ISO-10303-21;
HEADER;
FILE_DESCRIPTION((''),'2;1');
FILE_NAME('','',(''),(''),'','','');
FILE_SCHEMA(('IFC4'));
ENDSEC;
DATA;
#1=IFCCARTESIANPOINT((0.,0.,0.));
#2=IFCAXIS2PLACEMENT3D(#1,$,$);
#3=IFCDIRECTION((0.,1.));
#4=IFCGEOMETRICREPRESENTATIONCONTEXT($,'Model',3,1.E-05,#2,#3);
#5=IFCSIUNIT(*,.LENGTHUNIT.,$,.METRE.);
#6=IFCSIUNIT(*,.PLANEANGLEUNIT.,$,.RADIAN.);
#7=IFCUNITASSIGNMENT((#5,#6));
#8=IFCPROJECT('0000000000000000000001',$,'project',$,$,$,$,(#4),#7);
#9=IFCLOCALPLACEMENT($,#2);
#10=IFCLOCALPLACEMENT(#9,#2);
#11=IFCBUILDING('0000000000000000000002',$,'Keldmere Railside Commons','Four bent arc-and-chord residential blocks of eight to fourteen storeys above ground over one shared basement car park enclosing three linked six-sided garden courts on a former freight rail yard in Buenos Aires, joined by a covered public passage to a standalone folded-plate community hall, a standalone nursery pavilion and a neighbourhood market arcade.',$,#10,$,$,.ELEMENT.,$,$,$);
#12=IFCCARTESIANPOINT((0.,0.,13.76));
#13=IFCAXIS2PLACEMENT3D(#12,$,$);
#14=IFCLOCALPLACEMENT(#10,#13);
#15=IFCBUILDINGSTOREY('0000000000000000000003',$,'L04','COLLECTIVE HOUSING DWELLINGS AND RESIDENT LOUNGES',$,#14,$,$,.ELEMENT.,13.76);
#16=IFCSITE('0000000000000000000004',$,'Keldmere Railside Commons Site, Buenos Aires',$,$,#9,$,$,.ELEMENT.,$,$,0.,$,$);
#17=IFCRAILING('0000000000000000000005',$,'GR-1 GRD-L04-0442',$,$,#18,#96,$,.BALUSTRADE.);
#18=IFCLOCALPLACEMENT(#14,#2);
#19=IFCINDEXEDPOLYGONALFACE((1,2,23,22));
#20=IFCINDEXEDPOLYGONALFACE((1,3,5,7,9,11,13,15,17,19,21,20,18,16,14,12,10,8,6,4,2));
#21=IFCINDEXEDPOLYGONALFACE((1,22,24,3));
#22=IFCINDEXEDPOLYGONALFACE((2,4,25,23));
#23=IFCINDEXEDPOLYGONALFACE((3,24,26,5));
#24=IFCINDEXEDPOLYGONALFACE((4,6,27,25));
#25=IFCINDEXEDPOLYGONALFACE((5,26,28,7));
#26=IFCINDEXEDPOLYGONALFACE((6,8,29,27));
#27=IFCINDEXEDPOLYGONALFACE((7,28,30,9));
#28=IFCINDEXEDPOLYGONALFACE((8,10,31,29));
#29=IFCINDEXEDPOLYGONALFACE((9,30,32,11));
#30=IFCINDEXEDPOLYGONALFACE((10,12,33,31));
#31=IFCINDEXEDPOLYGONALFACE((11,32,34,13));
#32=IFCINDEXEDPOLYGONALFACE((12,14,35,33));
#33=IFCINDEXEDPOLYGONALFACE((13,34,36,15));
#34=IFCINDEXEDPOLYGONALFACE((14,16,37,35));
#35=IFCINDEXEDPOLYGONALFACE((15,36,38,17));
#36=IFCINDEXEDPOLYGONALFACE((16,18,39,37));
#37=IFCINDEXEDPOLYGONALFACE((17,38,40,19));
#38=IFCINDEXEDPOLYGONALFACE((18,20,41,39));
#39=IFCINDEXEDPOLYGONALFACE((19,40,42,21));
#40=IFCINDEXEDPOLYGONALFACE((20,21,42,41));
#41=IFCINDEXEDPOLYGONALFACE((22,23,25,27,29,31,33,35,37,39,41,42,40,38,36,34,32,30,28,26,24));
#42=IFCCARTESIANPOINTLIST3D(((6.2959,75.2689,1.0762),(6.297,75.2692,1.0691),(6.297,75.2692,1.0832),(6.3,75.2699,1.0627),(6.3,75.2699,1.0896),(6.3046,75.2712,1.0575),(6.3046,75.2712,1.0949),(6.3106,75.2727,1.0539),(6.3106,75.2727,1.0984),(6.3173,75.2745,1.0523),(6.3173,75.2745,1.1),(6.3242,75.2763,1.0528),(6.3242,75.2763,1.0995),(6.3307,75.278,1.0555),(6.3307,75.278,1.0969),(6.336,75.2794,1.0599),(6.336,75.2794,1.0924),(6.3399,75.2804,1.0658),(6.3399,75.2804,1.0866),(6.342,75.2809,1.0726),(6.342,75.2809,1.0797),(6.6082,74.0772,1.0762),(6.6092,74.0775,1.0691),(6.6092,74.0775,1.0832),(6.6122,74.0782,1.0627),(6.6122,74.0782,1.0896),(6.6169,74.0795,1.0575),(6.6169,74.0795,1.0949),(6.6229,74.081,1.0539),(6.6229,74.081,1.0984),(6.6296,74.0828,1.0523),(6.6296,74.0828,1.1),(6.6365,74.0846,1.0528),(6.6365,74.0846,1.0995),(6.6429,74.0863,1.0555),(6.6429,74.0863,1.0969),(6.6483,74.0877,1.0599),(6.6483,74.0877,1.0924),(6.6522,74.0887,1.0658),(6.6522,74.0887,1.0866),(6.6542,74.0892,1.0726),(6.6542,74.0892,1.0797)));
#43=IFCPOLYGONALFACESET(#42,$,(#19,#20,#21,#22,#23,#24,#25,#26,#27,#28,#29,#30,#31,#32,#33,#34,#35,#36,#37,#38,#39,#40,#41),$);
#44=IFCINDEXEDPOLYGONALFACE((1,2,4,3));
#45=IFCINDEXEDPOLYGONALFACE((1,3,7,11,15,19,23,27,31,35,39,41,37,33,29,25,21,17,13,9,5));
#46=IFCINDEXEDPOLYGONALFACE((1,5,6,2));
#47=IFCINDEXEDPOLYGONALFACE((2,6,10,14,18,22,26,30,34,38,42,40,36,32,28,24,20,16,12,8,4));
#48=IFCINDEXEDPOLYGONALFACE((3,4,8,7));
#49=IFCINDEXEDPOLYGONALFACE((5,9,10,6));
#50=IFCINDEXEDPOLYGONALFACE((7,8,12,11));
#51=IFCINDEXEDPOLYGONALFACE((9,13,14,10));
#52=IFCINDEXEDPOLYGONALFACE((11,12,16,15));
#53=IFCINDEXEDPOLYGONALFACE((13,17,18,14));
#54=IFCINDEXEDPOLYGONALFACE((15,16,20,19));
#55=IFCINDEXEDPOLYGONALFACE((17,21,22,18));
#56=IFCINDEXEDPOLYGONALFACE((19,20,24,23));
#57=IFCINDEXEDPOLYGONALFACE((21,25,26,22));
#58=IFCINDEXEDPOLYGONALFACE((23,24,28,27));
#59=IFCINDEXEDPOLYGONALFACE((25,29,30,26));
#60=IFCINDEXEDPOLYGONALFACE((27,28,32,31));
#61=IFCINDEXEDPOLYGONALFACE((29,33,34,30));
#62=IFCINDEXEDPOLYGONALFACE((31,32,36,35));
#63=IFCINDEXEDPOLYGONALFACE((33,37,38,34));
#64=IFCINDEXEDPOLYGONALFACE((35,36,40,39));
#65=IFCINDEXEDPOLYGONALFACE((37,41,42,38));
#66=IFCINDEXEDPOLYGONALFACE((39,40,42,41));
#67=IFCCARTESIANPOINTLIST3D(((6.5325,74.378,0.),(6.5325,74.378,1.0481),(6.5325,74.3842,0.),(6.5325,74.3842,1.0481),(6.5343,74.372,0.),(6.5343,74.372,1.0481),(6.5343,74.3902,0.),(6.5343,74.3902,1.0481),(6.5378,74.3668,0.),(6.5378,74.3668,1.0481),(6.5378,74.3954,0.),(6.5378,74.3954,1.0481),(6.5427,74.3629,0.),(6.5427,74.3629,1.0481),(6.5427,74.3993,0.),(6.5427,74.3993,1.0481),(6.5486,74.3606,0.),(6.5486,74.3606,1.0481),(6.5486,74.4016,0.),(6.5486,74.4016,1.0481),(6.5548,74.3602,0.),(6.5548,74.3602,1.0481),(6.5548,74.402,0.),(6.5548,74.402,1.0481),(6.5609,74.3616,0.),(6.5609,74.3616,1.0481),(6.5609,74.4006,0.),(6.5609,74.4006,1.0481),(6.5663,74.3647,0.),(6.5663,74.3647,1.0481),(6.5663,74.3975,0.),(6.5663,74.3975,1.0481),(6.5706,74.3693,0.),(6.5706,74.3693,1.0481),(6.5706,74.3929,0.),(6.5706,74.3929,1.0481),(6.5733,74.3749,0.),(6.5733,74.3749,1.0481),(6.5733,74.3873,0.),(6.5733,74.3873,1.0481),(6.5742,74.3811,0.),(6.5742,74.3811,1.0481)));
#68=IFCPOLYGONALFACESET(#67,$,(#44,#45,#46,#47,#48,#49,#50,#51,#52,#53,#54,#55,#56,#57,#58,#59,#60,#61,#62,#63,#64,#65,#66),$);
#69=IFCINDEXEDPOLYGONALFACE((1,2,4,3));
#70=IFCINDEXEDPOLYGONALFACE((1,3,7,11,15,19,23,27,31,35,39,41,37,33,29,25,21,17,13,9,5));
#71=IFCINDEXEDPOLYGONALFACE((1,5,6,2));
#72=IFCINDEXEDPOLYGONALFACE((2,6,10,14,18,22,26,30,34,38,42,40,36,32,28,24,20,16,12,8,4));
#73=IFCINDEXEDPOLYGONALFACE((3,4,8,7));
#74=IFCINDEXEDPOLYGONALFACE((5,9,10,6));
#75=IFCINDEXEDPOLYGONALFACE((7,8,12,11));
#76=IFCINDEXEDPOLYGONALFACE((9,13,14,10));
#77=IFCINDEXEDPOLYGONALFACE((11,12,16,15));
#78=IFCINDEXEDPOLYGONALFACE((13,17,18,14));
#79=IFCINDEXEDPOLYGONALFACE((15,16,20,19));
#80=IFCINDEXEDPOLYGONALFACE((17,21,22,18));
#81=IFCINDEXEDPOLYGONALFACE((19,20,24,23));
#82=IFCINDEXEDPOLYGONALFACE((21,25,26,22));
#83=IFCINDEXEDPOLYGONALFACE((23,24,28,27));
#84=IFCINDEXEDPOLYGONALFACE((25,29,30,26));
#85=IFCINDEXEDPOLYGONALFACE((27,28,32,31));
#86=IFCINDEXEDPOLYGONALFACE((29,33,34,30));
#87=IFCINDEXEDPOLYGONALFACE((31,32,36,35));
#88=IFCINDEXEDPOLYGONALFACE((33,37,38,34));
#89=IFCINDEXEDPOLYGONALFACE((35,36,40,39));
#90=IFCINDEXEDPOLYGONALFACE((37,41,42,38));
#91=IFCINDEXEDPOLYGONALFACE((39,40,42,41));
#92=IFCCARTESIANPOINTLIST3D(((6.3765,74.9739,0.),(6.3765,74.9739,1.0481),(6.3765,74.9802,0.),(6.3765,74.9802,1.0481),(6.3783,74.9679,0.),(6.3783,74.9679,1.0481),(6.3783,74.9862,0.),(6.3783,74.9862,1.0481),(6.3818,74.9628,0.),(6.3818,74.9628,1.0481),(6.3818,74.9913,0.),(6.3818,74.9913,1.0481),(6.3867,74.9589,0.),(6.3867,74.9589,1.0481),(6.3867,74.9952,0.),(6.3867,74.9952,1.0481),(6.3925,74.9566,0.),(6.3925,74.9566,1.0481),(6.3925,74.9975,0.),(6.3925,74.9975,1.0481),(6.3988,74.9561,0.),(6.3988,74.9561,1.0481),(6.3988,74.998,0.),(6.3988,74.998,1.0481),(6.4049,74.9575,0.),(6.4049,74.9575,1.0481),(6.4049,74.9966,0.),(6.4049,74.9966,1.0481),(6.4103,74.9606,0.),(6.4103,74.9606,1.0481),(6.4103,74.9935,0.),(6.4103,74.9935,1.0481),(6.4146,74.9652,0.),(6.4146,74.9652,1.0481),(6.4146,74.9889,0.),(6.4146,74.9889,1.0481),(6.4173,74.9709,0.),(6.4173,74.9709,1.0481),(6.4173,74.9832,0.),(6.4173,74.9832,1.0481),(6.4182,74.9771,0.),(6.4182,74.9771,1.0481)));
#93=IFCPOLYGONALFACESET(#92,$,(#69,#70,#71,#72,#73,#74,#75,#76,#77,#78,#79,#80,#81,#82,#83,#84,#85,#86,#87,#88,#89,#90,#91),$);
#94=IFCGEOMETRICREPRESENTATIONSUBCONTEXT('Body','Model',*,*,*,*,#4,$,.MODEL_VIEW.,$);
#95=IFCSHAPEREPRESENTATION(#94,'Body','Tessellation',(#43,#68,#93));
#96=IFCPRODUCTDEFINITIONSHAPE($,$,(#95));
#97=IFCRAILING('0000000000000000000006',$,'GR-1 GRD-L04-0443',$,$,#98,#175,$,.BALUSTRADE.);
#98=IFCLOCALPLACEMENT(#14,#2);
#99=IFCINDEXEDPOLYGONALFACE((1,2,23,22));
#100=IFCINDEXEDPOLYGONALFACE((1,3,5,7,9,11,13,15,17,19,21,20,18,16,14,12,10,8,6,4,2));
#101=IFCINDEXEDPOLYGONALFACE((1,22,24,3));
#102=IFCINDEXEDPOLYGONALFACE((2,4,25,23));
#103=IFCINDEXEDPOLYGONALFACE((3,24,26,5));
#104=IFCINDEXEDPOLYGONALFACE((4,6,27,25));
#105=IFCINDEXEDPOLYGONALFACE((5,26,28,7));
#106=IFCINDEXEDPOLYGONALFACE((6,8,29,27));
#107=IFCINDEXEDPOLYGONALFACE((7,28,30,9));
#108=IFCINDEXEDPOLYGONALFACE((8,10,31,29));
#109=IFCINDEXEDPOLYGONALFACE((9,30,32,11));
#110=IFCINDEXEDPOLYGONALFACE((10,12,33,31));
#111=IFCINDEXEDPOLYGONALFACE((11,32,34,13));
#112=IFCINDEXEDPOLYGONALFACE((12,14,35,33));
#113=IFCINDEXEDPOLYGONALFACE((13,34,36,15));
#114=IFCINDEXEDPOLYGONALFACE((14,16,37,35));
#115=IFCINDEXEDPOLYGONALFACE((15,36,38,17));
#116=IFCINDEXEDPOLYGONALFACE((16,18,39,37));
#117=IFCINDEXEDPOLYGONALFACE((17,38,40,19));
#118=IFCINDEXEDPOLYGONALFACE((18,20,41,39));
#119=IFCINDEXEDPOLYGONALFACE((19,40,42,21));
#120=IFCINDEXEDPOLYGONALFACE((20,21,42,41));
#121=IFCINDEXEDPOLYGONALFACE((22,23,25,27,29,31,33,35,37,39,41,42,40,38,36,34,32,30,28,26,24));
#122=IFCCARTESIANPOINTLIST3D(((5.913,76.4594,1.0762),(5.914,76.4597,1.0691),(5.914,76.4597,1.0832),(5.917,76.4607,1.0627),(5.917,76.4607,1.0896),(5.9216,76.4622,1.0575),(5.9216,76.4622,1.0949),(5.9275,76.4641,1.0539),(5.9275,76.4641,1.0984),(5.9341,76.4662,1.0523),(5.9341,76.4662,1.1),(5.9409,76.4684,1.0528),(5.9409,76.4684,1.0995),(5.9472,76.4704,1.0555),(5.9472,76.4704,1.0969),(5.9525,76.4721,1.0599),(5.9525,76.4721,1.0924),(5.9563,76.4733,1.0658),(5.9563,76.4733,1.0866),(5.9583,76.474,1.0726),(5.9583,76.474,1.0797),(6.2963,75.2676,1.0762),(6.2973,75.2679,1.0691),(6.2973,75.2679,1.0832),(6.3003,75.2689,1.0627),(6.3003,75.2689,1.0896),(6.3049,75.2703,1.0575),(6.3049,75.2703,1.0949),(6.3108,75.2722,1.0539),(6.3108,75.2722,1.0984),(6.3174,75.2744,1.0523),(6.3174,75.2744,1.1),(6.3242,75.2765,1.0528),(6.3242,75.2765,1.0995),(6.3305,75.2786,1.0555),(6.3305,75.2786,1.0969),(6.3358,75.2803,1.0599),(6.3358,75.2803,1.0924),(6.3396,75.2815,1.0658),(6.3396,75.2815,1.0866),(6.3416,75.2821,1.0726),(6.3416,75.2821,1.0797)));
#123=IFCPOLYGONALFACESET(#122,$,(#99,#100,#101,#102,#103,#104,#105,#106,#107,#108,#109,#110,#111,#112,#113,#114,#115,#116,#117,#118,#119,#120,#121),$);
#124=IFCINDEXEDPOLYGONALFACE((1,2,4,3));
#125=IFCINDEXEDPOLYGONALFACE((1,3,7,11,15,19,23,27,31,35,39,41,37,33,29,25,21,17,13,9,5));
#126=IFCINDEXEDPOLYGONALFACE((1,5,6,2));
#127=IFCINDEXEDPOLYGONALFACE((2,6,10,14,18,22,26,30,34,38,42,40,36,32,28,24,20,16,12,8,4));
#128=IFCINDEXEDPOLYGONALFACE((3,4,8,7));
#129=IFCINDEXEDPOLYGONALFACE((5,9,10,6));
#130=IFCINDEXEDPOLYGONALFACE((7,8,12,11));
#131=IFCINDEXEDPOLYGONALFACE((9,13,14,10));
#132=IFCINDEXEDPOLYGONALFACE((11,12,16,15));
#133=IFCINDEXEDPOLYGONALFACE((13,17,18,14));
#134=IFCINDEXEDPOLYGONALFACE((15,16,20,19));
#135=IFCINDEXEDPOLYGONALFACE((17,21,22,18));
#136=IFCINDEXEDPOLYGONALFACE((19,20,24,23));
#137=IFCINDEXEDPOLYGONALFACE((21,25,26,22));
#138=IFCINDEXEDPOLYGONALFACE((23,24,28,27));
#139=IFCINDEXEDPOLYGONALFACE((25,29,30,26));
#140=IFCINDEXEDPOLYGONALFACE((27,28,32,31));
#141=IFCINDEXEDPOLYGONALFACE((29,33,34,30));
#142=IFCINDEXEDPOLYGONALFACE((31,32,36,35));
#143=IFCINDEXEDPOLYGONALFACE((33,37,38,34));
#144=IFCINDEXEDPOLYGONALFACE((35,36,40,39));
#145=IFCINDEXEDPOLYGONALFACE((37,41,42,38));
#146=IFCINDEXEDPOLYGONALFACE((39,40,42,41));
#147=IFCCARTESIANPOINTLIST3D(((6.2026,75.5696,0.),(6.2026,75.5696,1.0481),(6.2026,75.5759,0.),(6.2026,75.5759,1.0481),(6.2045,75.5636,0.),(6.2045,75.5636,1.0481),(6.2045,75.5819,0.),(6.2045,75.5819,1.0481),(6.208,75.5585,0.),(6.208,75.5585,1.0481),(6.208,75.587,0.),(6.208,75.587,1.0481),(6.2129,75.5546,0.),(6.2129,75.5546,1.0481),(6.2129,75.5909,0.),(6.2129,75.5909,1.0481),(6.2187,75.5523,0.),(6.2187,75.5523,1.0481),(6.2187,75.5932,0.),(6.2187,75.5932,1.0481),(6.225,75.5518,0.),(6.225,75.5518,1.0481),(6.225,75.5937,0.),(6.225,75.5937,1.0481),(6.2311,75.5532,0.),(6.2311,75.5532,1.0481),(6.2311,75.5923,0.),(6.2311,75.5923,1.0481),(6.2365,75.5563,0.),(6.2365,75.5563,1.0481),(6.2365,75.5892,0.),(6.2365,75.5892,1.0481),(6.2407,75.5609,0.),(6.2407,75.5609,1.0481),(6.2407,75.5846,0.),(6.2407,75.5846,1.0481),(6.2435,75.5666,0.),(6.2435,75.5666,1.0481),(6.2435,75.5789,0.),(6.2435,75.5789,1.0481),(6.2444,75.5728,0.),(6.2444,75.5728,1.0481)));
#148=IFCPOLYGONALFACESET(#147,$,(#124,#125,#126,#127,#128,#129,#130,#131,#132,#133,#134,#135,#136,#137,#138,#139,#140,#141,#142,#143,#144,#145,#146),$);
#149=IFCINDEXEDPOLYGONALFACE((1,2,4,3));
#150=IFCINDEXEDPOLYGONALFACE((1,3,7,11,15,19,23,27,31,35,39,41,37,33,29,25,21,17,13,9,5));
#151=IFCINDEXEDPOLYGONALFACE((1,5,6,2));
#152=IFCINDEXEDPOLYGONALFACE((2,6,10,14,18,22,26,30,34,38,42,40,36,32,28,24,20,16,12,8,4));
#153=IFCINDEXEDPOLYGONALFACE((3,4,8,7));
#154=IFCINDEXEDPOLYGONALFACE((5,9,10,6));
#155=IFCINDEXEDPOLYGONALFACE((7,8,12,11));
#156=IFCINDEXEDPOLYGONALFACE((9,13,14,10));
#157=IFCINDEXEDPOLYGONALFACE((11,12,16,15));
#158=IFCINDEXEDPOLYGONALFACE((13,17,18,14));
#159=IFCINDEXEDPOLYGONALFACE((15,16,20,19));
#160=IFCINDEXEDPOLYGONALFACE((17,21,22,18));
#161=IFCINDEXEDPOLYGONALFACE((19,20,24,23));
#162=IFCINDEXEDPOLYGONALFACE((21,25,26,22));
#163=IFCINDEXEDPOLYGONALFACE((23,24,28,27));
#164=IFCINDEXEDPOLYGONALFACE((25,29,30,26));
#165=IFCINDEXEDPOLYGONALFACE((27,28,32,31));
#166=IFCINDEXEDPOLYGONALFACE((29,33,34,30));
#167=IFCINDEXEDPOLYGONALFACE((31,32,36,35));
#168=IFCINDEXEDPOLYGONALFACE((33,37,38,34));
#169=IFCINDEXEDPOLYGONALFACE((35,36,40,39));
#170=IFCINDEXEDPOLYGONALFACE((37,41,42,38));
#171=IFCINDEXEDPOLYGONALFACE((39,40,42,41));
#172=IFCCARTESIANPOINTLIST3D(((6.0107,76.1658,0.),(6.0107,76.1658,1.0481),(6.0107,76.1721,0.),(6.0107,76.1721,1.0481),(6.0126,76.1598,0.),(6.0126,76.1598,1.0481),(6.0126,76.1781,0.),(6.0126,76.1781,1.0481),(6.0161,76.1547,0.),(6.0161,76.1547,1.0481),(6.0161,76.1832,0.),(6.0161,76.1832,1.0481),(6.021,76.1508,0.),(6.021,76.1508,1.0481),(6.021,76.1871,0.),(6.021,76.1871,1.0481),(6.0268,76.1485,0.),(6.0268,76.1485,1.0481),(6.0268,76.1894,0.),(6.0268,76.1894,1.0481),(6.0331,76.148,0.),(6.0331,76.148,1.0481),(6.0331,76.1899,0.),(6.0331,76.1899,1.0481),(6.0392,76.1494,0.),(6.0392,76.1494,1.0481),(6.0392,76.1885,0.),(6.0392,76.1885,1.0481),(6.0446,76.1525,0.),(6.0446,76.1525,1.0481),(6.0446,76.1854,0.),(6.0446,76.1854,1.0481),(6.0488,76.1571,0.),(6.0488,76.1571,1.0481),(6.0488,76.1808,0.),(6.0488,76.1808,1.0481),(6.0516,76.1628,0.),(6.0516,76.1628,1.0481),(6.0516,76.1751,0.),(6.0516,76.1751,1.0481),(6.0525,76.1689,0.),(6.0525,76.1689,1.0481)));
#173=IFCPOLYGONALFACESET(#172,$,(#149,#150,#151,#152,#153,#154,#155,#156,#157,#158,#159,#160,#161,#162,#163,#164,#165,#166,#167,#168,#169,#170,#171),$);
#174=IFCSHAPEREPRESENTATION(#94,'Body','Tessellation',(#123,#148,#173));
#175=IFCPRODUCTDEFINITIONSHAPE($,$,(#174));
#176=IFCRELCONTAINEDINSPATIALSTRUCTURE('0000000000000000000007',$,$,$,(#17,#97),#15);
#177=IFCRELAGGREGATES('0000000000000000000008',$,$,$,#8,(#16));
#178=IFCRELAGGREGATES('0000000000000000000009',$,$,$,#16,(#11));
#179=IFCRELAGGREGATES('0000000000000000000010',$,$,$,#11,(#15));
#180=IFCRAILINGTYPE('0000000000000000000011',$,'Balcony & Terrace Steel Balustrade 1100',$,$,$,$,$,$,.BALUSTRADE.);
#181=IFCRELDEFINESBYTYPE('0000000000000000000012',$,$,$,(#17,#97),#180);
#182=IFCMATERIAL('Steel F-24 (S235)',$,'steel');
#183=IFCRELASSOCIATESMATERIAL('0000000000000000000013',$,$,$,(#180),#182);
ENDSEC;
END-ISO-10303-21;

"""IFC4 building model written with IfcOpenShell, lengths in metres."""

from ifc_helpers import new_model, si_unit, direction, frame, origin, origin_2d, place, context, subcontext, project, spatial, circle, extrude, material, type_object, element, save


model = new_model("IFC4")

# Units and contexts
model_context = context("Model", 3, precision=1e-05, world=origin(), true_north=direction((0.0, 1.0)))
body_context = subcontext(model_context, "Body", "Model", "MODEL_VIEW")
ifc_project = project(units=[si_unit("LENGTHUNIT", "METRE"), si_unit("PLANEANGLEUNIT", "RADIAN")], contexts=[model_context])

# Site, building, storey
site_placement = place(None, origin())
site = spatial("IfcSite", under=ifc_project, at=site_placement, Name="Keldmere Railside Commons Site, Buenos Aires", CompositionType="ELEMENT", RefElevation=0.0)
building_placement = place(site_placement, origin())
building = spatial("IfcBuilding", under=site, at=building_placement, Name="Keldmere Railside Commons", Description="Four bent arc-and-chord residential blocks of eight to fourteen storeys above ground over one shared basement car park enclosing three linked six-sided garden courts on a former freight rail yard in Buenos Aires, joined by a covered public passage to a standalone folded-plate community hall, a standalone nursery pavilion and a neighbourhood market arcade.", CompositionType="ELEMENT")
storey_placement = place(building_placement, frame((0.0, 0.0, 13.76)))
storey = spatial("IfcBuildingStorey", under=building, at=storey_placement, Name="L04", Description="COLLECTIVE HOUSING DWELLINGS AND RESIDENT LOUNGES", CompositionType="ELEMENT", Elevation=13.76)

# Shared definitions
ifc_material_1 = material(Name="Steel F-24 (S235)", Category="steel")

# Railings
railing_type_1 = type_object("IfcRailingType", Name="Balcony & Terrace Steel Balustrade 1100", PredefinedType="BALUSTRADE", material=ifc_material_1)
railing_1_placement = place(storey_placement, frame((6.6313, 74.0833, 0.0)))
element("IfcRailing", 1, at=railing_1_placement, inside=storey, type_object=railing_type_1, Name="GR-1 GRD-L04-0442", PredefinedType="BALUSTRADE", context=body_context, shape_type="SweptSolid", body=[
    extrude(circle(Radius=0.0239, at=origin_2d()), frame((0.0, 0.0, 1.0762), z_axis=(-0.253479, 0.967341, 0.0), x_axis=(-0.967341, -0.253479, 0.0)), (0.0, 0.0, 1.0), 1.2319),
    extrude(circle(Radius=0.021, at=origin_2d()), frame((-0.0781, 0.2979, 0.0)), (0.0, 0.0, 1.0), 1.0481),
    extrude(circle(Radius=0.021, at=origin_2d()), frame((-0.2341, 0.8938, 0.0)), (0.0, 0.0, 1.0), 1.0481),
])
railing_2_placement = place(storey_placement, frame((6.3191, 75.2749, 0.0)))
element("IfcRailing", 2, at=railing_2_placement, inside=storey, type_object=railing_type_1, Name="GR-1 GRD-L04-0443", PredefinedType="BALUSTRADE", context=body_context, shape_type="SweptSolid", body=[
    extrude(circle(Radius=0.0239, at=origin_2d()), frame((0.0, 0.0, 1.0762), z_axis=(-0.306148, 0.951984, 0.0), x_axis=(-0.951984, -0.306148, 0.0)), (0.0, 0.0, 1.0), 1.252),
    extrude(circle(Radius=0.021, at=origin_2d()), frame((-0.0957, 0.2979, 0.0)), (0.0, 0.0, 1.0), 1.0481),
    extrude(circle(Radius=0.021, at=origin_2d()), frame((-0.2876, 0.894, 0.0)), (0.0, 0.0, 1.0), 1.0481),
])

save(model, "model.ifc")
